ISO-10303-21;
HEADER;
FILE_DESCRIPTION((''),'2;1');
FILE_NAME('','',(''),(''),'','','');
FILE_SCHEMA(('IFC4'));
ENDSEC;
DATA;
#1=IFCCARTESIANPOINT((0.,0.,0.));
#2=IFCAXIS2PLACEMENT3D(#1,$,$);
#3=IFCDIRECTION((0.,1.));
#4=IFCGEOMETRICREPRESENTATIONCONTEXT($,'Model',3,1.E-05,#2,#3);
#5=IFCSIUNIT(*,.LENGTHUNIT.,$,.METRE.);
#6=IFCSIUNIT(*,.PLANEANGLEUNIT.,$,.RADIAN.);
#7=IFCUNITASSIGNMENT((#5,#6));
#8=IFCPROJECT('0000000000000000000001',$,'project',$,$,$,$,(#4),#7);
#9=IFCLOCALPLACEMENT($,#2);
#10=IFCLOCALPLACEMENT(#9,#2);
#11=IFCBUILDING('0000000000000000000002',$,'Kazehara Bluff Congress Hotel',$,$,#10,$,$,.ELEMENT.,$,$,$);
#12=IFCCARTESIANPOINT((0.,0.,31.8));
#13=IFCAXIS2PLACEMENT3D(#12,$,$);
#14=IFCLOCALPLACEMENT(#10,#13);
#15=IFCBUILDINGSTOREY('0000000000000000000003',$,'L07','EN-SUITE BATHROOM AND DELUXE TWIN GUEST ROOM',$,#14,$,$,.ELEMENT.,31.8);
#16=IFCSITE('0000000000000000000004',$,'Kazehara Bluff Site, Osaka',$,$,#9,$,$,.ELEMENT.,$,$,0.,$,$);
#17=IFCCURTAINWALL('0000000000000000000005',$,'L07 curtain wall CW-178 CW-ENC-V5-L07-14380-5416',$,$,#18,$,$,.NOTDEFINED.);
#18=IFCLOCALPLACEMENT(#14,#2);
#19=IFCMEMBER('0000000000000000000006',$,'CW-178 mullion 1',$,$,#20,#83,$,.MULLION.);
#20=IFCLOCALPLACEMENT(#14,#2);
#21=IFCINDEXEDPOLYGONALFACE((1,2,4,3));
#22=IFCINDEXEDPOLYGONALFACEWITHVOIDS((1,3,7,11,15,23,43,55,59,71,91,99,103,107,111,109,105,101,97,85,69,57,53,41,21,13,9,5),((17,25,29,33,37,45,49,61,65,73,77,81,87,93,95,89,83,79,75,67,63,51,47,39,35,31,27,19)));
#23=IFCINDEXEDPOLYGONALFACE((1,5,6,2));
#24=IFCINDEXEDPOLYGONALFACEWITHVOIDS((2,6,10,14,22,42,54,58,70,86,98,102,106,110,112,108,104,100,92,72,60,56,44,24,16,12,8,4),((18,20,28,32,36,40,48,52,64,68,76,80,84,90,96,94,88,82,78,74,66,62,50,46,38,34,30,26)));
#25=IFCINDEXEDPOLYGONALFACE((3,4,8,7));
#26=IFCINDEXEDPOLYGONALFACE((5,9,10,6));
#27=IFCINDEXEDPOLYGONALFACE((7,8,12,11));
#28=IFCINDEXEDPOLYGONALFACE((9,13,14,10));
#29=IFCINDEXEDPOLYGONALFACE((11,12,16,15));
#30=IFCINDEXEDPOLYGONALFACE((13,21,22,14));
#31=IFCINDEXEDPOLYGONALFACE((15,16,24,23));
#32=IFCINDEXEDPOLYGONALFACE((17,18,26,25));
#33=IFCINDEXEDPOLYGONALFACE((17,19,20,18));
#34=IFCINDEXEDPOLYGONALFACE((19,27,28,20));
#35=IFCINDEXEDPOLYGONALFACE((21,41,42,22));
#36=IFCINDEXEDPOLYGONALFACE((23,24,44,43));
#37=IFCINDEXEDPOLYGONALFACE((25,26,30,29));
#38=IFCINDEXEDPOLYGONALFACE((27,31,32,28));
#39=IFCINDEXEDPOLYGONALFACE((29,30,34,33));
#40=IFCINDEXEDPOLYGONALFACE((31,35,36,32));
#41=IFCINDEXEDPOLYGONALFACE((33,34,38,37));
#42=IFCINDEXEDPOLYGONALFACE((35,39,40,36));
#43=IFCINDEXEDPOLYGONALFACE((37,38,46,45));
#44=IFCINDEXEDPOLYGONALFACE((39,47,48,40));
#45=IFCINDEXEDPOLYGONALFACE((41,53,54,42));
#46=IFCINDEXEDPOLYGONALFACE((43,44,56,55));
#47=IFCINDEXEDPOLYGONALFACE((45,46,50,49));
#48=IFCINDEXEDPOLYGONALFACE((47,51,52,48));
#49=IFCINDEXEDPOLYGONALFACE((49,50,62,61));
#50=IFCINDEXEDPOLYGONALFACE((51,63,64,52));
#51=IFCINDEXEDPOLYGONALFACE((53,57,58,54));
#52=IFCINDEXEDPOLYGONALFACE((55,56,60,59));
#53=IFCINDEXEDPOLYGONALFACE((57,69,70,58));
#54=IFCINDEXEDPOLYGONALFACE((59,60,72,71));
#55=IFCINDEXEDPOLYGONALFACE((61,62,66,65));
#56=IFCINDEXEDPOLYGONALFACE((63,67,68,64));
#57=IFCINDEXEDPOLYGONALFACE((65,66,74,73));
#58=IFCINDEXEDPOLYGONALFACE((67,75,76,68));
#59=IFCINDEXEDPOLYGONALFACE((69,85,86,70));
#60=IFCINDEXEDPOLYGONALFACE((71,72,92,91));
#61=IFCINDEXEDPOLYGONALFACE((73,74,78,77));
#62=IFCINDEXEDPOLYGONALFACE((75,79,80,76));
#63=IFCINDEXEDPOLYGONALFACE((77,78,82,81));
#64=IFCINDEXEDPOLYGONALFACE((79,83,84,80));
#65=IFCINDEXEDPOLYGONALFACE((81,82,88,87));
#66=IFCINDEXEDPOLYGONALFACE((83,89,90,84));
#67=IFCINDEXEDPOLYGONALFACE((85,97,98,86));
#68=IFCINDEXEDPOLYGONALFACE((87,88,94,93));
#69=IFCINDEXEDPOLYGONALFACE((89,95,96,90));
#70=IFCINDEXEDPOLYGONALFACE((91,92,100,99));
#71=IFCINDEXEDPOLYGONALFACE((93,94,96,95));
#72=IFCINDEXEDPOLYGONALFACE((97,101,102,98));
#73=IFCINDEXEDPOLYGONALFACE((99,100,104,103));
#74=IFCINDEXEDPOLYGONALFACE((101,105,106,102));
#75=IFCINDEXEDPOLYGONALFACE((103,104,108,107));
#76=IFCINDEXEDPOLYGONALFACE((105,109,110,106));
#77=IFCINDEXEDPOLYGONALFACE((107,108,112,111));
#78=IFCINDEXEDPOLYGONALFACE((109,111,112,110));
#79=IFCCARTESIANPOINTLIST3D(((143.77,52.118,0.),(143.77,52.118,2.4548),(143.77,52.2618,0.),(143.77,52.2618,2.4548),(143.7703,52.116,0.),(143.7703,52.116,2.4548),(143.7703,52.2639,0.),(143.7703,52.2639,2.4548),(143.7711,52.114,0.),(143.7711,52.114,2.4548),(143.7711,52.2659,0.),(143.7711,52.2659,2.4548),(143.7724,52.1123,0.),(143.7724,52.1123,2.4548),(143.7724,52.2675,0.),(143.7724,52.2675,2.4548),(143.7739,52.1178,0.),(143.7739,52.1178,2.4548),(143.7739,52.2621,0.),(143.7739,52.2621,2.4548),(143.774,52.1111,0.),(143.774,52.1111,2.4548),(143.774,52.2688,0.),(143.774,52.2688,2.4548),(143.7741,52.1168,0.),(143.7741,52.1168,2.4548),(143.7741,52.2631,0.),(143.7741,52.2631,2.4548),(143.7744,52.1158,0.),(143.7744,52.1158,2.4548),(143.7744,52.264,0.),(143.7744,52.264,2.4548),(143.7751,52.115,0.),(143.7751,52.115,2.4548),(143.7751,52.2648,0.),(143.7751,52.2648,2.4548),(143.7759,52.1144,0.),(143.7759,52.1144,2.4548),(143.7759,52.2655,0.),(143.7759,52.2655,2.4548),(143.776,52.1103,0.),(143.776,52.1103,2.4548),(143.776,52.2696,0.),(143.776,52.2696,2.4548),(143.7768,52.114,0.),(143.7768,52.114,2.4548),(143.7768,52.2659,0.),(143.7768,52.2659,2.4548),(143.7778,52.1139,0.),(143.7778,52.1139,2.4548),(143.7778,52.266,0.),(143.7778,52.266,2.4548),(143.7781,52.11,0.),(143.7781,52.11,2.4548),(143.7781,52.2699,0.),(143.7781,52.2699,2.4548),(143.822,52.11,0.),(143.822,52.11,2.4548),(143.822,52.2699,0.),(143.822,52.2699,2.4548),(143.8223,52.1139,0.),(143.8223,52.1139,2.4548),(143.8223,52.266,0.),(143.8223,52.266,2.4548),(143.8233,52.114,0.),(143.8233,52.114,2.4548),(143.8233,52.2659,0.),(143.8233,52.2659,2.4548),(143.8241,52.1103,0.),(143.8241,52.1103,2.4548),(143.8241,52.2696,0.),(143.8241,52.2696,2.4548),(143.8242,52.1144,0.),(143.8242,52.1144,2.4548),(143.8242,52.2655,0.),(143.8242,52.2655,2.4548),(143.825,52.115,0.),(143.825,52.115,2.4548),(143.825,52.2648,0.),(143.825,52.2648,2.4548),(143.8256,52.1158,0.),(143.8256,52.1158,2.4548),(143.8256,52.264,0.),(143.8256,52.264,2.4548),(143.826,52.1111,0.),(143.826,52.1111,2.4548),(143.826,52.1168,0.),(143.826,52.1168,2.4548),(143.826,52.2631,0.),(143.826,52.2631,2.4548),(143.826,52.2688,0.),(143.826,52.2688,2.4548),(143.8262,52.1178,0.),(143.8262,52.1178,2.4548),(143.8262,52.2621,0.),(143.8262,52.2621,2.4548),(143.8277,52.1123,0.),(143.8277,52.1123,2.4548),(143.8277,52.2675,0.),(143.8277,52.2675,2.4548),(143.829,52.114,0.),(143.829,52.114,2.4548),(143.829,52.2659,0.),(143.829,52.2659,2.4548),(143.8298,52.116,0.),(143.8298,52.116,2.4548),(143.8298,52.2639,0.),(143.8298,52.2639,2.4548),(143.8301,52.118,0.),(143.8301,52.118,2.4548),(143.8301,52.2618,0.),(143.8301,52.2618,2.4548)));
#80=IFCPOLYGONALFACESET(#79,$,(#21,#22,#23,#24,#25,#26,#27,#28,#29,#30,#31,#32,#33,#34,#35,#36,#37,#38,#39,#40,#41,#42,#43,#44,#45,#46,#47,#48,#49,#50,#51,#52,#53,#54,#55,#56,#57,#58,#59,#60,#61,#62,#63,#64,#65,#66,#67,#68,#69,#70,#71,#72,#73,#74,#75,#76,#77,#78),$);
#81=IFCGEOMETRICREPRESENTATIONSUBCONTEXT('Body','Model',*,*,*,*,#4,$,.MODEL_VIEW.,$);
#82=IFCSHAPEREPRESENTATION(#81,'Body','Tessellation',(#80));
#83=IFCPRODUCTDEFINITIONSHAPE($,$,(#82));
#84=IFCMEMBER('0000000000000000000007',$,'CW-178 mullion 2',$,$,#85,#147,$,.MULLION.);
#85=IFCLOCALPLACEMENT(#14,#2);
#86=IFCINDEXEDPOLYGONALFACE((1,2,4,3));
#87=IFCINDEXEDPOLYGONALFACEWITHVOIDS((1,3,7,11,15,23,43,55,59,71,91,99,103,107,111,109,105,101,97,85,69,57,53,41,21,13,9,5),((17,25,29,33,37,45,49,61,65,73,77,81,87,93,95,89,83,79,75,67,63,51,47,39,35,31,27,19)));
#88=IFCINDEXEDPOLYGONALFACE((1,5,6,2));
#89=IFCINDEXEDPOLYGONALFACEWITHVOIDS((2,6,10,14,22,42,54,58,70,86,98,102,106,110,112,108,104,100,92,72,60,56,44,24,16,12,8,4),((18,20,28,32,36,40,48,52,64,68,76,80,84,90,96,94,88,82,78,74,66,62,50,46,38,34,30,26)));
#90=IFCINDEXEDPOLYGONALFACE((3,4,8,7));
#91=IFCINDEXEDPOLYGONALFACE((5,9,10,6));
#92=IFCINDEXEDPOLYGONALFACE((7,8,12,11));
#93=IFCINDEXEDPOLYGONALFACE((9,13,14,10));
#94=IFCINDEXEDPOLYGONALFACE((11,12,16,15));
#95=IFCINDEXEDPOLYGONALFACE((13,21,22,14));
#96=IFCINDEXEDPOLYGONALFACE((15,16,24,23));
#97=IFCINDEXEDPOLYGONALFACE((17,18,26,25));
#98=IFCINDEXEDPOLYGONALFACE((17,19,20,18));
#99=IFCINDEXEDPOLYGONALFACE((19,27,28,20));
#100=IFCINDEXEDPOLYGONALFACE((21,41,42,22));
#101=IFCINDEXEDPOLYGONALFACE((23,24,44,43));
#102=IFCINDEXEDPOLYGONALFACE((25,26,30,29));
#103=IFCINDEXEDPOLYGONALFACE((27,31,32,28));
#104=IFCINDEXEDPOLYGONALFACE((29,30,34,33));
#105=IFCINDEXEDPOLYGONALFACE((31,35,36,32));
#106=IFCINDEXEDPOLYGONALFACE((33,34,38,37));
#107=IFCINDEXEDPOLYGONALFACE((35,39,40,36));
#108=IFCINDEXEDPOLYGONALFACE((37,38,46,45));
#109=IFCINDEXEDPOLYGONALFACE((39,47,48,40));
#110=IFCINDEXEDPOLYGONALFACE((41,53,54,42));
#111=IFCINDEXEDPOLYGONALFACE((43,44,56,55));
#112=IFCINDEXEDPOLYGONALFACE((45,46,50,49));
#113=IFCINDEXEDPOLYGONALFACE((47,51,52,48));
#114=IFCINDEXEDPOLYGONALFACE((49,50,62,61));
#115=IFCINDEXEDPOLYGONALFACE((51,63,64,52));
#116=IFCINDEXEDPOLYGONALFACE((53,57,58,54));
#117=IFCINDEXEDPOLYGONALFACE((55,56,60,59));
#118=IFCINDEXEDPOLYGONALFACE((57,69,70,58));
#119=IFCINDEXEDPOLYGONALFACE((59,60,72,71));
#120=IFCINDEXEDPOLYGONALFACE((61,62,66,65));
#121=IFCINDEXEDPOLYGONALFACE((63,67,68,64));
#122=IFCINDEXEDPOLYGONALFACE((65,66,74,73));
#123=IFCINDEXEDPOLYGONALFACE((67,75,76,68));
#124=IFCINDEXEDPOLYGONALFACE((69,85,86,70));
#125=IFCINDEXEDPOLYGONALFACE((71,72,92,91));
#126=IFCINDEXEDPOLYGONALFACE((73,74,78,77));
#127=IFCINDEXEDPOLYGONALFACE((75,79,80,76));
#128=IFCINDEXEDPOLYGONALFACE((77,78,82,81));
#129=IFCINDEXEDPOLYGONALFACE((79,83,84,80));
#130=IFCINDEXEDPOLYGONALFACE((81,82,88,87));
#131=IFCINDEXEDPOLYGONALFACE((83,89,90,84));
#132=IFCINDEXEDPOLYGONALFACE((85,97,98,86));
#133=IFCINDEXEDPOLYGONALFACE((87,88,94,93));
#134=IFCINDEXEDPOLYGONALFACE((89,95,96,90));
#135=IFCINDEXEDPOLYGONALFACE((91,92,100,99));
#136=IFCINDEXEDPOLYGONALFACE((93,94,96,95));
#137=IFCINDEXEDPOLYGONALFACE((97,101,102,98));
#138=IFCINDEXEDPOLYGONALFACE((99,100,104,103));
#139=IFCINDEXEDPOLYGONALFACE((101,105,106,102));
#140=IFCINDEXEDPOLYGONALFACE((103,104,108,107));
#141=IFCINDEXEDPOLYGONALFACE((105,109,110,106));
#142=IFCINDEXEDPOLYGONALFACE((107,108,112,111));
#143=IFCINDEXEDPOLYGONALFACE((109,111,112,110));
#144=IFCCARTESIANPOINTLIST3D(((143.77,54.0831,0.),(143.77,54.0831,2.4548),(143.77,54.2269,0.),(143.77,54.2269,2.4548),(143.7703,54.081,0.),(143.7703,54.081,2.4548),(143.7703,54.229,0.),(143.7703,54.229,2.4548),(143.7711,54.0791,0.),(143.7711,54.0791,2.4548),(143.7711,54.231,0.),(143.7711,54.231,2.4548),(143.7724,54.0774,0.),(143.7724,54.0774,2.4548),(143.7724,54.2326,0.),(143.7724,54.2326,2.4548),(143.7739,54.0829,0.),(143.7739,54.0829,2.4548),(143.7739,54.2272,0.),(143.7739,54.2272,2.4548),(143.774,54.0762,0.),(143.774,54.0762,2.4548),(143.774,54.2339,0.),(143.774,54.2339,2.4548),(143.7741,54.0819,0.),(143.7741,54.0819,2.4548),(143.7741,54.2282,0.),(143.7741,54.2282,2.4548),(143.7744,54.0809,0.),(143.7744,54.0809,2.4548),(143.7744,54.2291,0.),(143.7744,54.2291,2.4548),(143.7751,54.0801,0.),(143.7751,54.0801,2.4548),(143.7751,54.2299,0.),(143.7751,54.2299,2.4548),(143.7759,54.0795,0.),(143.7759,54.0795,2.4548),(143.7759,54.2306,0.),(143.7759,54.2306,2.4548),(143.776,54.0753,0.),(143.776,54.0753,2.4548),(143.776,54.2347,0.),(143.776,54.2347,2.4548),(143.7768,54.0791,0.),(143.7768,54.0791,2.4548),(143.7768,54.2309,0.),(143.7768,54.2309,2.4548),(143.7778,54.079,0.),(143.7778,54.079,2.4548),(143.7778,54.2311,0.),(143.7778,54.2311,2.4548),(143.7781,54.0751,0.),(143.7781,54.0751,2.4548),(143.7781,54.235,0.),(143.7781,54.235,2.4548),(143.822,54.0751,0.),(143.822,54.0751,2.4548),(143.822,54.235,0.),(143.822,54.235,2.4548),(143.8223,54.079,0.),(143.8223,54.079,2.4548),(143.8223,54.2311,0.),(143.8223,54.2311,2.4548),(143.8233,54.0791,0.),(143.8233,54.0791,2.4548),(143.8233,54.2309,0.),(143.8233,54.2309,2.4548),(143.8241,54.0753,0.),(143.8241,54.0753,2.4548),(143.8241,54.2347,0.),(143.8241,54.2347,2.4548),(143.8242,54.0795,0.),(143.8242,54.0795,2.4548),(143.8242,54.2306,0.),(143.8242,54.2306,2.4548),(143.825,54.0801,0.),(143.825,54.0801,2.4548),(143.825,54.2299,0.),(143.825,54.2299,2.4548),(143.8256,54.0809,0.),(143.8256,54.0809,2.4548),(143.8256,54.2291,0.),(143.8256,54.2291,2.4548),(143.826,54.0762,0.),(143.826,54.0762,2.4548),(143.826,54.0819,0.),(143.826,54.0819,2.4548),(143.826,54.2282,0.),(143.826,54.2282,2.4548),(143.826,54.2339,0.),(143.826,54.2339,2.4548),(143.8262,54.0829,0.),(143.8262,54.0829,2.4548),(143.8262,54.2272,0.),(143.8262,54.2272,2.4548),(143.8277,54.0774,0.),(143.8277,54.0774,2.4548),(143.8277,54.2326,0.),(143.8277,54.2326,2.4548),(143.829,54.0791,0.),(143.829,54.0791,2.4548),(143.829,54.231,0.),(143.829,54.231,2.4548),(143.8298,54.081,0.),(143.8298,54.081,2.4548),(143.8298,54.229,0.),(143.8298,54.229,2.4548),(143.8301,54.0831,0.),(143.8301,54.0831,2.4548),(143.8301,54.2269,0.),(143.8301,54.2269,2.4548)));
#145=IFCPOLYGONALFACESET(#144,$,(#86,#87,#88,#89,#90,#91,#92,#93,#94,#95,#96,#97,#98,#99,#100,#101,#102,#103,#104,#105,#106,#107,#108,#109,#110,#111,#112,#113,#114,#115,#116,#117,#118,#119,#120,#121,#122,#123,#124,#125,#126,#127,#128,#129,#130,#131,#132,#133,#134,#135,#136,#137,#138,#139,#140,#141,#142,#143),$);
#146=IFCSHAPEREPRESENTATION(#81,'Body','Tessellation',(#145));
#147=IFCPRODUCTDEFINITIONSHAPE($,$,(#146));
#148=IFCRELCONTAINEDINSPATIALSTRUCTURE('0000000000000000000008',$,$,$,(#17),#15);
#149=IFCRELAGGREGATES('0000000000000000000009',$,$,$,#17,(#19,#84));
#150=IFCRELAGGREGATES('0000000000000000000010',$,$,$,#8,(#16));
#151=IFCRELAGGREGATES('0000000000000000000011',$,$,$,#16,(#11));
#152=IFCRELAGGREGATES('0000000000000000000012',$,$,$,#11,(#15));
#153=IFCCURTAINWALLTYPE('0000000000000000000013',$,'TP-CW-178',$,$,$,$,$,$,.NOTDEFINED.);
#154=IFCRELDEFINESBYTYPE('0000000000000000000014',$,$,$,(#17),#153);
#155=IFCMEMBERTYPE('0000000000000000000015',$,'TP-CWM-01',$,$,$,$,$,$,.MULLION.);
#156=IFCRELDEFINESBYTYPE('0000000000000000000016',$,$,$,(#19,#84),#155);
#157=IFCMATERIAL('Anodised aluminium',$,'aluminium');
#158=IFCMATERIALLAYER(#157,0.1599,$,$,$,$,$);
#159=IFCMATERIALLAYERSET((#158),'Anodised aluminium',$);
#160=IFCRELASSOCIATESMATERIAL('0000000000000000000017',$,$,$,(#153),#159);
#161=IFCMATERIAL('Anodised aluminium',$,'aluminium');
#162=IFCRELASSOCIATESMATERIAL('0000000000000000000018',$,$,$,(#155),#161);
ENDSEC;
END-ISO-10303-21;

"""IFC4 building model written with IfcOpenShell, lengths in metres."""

from ifc_helpers import new_model, si_unit, direction, frame, origin, origin_2d, place, context, subcontext, project, spatial, hollow_rectangle, extrude, material, layer, layer_set, material_profile, profile_set, type_object, element, aggregate, save


model = new_model("IFC4")

# Units and contexts
model_context = context("Model", 3, precision=1e-05, world=origin(), true_north=direction((0.0, 1.0)))
body_context = subcontext(model_context, "Body", "Model", "MODEL_VIEW")
ifc_project = project(units=[si_unit("LENGTHUNIT", "METRE"), si_unit("PLANEANGLEUNIT", "RADIAN")], contexts=[model_context])

# Site, building, storey
site_placement = place(None, origin())
site = spatial("IfcSite", under=ifc_project, at=site_placement, Name="Kazehara Bluff Site, Osaka", CompositionType="ELEMENT", RefElevation=0.0)
building_placement = place(site_placement, origin())
building = spatial("IfcBuilding", under=site, at=building_placement, Name="Kazehara Bluff Congress Hotel", CompositionType="ELEMENT")
storey_placement = place(building_placement, frame((0.0, 0.0, 31.8)))
storey = spatial("IfcBuildingStorey", under=building, at=storey_placement, Name="L07", Description="EN-SUITE BATHROOM AND DELUXE TWIN GUEST ROOM", CompositionType="ELEMENT", Elevation=31.8)

# Curtain wall, members
ifc_material_1 = material(Name="Anodised aluminium", Category="aluminium")
ifc_layer_1 = layer(ifc_material_1, 0.1599)
ifc_layer_set_1 = layer_set([ifc_layer_1], Name="Anodised aluminium")
curtain_wall_type_1 = type_object("IfcCurtainWallType", Name="TP-CW-178", PredefinedType="NOTDEFINED", material=ifc_layer_set_1)
curtain_wall_1_placement = place(storey_placement, origin())
curtain_wall_1 = element("IfcCurtainWall", 1, at=curtain_wall_1_placement, inside=storey, type_object=curtain_wall_type_1, Name="L07 curtain wall CW-178 CW-ENC-V5-L07-14380-5416", PredefinedType="NOTDEFINED")
ifc_material_2 = material(Name="Anodised aluminium", Category="aluminium")
ifc_material_profile_1 = material_profile(ifc_material_2, hollow_rectangle(XDim=0.0601, YDim=0.1599, WallThickness=0.0039, InnerFilletRadius=0.0039, OuterFilletRadius=0.0081, at=origin_2d()))
ifc_profile_set_1 = profile_set([ifc_material_profile_1], Name="Anodised aluminium")
member_type_1 = type_object("IfcMemberType", Name="TP-CWM-01", PredefinedType="MULLION", material=ifc_profile_set_1)
member_1_placement = place(storey_placement, frame((143.8, 52.1899, 0.0), z_axis=(0.0, 0.0, 1.0), x_axis=(-1.0, 0.0, 0.0)))
member_1 = element("IfcMember", 2, at=member_1_placement, type_object=member_type_1, Name="CW-178 mullion 1", PredefinedType="MULLION", context=body_context, shape_type="SweptSolid", body=[
    extrude(hollow_rectangle(XDim=0.0601, YDim=0.1599, WallThickness=0.0039, InnerFilletRadius=0.0039, OuterFilletRadius=0.0081, at=origin_2d()), origin(), (0.0, 0.0, 1.0), 2.4548),
])
member_2_placement = place(storey_placement, frame((143.8, 54.155, 0.0), z_axis=(0.0, 0.0, 1.0), x_axis=(-1.0, 0.0, 0.0)))
member_2 = element("IfcMember", 3, at=member_2_placement, type_object=member_type_1, Name="CW-178 mullion 2", PredefinedType="MULLION", context=body_context, shape_type="SweptSolid", body=[
    extrude(hollow_rectangle(XDim=0.0601, YDim=0.1599, WallThickness=0.0039, InnerFilletRadius=0.0039, OuterFilletRadius=0.0081, at=origin_2d()), origin(), (0.0, 0.0, 1.0), 2.4548),
])

aggregate(curtain_wall_1, [member_1, member_2])

save(model, "model.ifc")
